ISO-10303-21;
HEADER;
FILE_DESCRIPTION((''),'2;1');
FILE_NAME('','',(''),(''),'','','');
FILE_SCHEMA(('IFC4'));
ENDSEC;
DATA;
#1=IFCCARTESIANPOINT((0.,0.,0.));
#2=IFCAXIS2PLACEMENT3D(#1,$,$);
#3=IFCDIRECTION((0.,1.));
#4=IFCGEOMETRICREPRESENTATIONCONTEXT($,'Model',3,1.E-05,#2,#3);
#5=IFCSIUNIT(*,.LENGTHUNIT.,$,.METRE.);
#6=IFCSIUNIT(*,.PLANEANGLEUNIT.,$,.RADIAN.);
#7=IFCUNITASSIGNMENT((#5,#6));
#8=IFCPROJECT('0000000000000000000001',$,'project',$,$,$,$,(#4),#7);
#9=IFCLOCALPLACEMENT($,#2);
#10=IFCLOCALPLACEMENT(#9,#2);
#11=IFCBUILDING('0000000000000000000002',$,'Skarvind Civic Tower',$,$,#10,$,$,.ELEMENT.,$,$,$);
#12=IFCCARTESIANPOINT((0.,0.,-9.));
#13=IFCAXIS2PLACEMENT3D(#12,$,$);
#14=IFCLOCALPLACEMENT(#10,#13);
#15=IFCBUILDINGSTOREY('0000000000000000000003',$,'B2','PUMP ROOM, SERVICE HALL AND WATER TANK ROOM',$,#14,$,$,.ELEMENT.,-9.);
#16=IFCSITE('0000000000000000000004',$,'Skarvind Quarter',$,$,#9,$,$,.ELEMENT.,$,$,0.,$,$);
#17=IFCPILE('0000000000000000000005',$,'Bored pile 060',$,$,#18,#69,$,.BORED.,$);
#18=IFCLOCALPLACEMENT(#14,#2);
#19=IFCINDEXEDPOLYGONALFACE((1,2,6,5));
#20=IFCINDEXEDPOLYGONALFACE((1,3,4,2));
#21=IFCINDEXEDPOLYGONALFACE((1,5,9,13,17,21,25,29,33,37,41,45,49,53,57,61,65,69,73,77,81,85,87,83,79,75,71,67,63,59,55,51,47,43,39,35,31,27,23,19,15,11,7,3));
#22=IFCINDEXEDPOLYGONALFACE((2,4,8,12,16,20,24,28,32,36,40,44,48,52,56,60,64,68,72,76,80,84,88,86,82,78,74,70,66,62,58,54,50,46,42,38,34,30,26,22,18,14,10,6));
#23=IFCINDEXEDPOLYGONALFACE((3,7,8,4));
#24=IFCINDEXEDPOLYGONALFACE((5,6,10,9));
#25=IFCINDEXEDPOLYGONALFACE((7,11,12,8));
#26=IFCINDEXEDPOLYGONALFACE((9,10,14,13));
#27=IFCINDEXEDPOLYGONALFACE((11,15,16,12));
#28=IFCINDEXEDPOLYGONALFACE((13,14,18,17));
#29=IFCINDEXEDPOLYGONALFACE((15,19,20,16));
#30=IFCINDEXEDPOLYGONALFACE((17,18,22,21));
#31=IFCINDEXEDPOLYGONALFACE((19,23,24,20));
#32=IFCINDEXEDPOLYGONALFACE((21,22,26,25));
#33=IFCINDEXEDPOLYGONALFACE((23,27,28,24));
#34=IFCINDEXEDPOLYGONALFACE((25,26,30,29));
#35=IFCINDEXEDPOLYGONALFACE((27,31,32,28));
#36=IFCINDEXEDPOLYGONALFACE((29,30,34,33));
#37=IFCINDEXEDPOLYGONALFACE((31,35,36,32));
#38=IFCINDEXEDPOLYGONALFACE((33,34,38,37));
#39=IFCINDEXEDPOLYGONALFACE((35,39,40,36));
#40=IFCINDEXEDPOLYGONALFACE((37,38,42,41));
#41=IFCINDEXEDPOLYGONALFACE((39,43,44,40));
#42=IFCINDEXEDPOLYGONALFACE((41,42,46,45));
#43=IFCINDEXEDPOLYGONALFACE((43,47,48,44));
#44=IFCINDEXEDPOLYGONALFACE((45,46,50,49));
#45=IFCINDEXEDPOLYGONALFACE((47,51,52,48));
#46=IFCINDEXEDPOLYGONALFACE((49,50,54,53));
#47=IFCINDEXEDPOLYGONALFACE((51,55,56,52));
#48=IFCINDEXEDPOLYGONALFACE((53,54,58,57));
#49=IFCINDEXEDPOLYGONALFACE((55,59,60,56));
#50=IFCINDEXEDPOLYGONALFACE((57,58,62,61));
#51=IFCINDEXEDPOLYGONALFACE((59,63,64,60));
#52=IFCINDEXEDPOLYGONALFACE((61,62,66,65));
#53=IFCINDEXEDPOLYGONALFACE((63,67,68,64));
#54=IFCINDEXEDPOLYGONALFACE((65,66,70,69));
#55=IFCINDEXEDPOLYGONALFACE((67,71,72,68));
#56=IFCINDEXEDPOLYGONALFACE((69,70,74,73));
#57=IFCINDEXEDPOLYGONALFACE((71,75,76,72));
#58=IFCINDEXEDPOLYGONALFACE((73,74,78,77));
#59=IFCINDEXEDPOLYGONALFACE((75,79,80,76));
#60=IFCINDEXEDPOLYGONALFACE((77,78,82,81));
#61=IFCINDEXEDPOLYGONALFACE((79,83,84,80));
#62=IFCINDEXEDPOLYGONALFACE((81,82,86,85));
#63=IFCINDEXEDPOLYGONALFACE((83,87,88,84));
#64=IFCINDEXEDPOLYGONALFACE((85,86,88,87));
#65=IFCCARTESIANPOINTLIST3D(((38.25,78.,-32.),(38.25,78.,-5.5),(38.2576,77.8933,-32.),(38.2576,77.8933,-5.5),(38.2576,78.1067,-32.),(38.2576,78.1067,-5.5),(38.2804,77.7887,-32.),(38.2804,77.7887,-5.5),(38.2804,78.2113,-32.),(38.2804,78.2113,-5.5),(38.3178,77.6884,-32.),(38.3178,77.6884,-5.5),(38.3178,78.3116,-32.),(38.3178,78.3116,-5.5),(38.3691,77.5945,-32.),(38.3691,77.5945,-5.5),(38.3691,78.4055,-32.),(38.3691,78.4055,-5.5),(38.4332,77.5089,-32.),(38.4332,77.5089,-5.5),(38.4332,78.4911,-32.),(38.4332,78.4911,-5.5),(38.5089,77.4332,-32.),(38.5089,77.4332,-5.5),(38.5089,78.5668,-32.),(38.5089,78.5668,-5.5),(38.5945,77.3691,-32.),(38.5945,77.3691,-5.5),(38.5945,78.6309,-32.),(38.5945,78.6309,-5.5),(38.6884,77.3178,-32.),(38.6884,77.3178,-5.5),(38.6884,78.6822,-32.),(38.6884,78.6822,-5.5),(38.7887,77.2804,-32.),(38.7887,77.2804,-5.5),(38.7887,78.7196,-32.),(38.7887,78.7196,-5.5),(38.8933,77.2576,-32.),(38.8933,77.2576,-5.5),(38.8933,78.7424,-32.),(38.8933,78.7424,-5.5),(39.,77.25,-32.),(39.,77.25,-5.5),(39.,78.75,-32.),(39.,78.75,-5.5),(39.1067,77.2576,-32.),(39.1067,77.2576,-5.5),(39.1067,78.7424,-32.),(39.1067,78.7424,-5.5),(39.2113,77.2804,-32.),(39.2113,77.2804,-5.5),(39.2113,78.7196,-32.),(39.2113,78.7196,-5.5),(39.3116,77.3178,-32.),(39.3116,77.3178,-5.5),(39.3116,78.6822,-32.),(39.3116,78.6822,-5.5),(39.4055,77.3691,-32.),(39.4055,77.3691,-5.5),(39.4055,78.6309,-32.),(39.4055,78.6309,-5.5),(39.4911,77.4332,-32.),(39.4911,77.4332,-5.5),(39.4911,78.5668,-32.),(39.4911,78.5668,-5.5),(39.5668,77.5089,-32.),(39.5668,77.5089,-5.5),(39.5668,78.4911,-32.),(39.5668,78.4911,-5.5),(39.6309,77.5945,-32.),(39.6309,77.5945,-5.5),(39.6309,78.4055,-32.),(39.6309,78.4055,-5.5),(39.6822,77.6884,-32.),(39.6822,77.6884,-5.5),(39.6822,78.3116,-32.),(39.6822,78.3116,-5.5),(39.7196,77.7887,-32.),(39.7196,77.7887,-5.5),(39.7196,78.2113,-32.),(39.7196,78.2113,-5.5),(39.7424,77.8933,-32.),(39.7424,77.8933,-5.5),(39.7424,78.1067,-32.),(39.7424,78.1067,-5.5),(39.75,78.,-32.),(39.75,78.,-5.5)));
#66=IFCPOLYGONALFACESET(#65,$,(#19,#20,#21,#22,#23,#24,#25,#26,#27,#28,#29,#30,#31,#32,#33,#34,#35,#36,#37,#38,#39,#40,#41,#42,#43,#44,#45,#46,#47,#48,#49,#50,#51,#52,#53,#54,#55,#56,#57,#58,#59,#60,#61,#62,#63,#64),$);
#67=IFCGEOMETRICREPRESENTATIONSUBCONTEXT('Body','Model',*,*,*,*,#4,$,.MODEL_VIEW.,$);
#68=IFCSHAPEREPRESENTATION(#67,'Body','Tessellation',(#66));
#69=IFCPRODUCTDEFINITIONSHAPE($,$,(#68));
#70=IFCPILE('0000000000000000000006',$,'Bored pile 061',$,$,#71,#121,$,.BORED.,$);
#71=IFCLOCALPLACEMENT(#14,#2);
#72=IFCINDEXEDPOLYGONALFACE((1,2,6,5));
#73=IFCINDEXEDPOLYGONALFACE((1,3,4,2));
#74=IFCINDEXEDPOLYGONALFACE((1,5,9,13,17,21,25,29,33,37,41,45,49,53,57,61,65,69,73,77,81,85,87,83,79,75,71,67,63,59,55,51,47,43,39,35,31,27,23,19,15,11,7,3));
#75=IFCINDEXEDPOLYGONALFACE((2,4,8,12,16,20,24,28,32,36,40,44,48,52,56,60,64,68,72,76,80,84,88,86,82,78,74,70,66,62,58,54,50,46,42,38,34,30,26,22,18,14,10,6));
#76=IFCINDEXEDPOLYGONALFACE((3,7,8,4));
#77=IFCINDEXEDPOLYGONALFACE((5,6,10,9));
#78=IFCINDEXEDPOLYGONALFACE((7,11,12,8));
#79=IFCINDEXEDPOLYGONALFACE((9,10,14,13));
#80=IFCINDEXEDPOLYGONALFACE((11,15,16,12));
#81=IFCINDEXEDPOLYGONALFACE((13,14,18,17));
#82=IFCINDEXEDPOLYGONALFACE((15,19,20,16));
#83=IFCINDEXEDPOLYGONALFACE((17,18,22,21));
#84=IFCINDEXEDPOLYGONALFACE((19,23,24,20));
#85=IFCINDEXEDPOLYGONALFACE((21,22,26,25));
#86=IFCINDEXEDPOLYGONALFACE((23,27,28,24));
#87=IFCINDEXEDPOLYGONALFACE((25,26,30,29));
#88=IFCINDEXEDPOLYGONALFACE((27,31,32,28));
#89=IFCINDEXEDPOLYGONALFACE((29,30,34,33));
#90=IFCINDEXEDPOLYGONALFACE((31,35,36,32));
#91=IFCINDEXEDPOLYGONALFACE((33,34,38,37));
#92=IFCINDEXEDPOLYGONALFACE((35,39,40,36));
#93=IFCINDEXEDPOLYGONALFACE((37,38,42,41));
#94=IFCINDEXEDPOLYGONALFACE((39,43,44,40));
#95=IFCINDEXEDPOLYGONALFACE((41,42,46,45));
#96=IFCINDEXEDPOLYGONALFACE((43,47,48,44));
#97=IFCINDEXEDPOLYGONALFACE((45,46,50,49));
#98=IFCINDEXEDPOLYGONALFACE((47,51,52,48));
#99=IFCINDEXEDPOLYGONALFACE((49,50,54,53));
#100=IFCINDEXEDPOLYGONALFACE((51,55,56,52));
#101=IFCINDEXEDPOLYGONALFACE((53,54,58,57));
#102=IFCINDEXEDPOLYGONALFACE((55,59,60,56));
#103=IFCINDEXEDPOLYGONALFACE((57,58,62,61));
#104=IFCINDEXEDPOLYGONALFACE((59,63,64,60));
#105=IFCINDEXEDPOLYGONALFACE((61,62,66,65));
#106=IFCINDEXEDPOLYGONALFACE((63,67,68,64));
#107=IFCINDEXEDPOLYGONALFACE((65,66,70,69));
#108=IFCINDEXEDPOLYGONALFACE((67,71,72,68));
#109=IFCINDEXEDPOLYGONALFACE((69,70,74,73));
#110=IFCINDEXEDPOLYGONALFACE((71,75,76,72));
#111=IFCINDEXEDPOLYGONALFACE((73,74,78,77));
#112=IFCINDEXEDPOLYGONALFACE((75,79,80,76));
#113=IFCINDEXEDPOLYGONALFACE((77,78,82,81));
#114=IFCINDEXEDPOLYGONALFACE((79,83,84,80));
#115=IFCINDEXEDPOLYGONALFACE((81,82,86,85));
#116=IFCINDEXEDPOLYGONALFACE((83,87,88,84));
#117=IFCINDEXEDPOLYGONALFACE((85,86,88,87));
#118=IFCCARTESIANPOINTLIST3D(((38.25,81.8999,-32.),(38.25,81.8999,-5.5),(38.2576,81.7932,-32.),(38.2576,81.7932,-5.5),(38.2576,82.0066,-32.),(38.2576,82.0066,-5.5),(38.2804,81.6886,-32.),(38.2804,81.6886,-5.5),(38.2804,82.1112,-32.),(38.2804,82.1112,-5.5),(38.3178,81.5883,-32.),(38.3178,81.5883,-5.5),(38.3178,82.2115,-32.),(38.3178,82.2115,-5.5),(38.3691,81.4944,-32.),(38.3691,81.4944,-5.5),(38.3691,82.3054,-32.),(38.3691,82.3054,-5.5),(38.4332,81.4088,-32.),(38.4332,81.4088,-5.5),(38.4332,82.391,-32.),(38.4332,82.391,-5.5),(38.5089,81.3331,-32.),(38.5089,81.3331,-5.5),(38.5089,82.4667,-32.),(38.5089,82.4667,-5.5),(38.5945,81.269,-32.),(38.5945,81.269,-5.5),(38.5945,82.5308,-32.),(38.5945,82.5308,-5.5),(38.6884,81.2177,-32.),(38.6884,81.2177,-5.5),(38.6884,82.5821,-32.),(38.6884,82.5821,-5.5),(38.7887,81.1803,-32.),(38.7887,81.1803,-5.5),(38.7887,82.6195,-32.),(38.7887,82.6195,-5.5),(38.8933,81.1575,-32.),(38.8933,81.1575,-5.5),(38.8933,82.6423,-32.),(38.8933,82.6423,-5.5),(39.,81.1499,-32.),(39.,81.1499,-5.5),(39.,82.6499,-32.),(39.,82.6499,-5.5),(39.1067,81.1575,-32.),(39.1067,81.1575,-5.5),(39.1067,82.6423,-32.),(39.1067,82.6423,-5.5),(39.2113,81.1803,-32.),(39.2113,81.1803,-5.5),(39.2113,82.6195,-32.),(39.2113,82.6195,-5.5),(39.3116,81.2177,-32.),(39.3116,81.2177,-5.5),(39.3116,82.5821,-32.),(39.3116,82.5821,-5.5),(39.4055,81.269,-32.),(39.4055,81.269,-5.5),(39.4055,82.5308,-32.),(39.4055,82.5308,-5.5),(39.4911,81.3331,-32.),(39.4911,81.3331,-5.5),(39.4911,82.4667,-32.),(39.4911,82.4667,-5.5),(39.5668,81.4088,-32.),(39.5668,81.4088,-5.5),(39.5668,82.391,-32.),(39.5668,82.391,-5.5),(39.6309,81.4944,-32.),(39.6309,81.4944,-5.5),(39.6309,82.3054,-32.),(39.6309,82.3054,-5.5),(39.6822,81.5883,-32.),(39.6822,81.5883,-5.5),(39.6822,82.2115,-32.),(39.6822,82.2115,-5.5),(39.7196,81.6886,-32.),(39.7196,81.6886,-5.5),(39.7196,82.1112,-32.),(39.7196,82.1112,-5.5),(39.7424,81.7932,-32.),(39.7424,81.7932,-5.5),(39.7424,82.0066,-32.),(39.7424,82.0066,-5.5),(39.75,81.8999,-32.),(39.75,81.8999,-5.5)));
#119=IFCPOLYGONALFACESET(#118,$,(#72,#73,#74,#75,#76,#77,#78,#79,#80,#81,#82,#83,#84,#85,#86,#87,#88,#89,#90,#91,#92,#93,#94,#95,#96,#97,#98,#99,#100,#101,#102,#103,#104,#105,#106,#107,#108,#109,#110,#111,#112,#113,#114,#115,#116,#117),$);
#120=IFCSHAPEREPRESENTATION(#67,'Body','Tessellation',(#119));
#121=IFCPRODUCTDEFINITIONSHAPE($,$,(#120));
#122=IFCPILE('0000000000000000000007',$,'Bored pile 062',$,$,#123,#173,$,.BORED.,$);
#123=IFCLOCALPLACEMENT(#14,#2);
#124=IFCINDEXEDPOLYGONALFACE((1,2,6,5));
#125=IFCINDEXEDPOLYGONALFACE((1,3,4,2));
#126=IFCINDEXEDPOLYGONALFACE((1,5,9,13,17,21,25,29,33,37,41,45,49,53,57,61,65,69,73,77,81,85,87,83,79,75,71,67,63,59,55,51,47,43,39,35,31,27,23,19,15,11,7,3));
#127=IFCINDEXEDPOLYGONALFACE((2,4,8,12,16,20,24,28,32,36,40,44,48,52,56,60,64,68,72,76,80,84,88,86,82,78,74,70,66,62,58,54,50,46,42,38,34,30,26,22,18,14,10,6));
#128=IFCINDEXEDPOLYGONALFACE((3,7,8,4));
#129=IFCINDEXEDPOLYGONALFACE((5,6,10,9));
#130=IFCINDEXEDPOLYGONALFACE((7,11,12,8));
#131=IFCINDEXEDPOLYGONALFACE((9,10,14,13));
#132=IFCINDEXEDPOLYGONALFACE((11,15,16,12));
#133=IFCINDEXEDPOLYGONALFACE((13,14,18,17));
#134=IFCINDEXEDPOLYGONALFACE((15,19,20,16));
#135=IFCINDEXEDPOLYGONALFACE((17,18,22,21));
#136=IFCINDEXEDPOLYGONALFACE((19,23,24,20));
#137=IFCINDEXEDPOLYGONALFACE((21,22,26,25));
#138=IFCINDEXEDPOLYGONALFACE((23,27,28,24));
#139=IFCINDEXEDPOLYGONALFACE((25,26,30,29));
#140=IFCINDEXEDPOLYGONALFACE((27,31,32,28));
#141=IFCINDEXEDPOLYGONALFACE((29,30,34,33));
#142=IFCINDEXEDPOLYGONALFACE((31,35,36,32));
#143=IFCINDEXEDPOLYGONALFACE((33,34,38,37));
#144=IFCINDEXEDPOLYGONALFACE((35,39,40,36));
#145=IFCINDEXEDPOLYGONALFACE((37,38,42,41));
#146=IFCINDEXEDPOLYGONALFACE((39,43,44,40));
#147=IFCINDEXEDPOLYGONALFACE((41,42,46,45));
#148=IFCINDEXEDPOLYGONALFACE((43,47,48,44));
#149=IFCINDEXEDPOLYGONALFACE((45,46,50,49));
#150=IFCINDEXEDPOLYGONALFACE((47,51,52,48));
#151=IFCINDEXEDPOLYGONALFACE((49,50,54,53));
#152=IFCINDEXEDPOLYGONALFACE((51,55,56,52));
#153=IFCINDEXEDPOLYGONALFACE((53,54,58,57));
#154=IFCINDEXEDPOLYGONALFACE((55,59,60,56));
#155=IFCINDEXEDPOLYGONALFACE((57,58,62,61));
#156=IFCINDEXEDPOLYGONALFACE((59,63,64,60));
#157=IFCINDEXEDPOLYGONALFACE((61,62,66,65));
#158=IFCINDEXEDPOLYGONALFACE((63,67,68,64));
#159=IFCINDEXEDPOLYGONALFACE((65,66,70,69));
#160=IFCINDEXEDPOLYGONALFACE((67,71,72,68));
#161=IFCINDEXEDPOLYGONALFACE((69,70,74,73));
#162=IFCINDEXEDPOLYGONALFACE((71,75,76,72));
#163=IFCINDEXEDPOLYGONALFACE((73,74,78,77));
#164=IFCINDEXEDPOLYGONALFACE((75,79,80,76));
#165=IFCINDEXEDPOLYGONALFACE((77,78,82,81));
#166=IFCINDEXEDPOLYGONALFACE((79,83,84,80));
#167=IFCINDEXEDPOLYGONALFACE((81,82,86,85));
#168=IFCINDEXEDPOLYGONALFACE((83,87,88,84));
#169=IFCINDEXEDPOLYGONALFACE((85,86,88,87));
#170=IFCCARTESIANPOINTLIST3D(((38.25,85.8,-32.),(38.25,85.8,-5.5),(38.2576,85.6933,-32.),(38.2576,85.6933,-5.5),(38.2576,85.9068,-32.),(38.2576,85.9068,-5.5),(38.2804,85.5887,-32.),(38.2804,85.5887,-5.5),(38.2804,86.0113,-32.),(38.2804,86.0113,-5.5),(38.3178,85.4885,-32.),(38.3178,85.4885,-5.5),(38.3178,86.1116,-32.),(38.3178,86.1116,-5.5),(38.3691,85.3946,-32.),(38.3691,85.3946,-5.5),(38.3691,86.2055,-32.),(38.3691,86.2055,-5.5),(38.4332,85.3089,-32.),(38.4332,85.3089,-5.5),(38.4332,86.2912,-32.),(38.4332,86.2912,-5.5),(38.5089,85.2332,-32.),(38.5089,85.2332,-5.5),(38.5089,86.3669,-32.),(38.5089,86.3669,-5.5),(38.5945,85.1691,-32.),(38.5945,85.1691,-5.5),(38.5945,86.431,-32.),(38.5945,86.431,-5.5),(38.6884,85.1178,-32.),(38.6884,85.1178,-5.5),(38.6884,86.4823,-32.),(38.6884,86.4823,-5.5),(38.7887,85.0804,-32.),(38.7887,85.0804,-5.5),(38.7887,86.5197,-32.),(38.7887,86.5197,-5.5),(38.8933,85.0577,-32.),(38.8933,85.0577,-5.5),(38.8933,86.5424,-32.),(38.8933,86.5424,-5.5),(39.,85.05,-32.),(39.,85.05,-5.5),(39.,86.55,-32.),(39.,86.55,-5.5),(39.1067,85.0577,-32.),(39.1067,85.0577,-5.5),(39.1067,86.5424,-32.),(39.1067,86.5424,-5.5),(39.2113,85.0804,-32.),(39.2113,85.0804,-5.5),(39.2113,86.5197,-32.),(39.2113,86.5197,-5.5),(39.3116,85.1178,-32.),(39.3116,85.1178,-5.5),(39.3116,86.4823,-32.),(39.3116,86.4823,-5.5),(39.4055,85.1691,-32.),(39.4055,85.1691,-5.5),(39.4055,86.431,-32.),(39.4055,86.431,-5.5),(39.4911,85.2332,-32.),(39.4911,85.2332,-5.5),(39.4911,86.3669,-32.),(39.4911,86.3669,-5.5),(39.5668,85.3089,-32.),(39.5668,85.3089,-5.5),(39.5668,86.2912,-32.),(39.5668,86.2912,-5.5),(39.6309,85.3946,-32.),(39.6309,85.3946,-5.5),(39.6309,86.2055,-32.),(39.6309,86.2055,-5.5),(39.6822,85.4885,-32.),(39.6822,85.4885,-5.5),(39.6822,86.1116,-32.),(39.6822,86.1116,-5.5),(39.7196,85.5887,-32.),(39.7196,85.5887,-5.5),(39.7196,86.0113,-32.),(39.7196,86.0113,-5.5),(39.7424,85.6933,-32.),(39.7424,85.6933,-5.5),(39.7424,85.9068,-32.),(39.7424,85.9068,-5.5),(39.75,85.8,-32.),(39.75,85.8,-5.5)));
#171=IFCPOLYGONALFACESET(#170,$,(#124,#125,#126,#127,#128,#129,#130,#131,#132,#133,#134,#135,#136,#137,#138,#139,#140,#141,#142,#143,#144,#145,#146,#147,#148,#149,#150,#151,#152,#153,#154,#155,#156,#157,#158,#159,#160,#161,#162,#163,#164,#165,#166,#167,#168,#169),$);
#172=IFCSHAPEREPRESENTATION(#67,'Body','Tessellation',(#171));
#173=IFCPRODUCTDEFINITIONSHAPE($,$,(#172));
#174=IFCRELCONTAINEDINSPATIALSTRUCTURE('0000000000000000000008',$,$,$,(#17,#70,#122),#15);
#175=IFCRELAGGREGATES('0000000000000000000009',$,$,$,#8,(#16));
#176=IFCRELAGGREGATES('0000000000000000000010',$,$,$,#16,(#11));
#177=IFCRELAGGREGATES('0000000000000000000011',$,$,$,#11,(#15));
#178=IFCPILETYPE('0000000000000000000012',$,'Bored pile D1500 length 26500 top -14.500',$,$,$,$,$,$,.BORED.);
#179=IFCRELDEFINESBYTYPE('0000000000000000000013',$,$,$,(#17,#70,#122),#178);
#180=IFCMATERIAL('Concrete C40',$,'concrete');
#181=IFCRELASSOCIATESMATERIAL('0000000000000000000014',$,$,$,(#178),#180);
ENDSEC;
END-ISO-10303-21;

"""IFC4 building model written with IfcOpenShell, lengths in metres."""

from ifc_helpers import new_model, si_unit, direction, frame, origin, origin_2d, place, context, subcontext, project, spatial, circle, extrude, material, type_object, element, save


model = new_model("IFC4")

# Units and contexts
model_context = context("Model", 3, precision=1e-05, world=origin(), true_north=direction((0.0, 1.0)))
body_context = subcontext(model_context, "Body", "Model", "MODEL_VIEW")
ifc_project = project(units=[si_unit("LENGTHUNIT", "METRE"), si_unit("PLANEANGLEUNIT", "RADIAN")], contexts=[model_context])

# Site, building, storey
site_placement = place(None, origin())
site = spatial("IfcSite", under=ifc_project, at=site_placement, Name="Skarvind Quarter", CompositionType="ELEMENT", RefElevation=0.0)
building_placement = place(site_placement, origin())
building = spatial("IfcBuilding", under=site, at=building_placement, Name="Skarvind Civic Tower", CompositionType="ELEMENT")
storey_placement = place(building_placement, frame((0.0, 0.0, -9.0)))
storey = spatial("IfcBuildingStorey", under=building, at=storey_placement, Name="B2", Description="PUMP ROOM, SERVICE HALL AND WATER TANK ROOM", CompositionType="ELEMENT", Elevation=-9.0)

# Piles
ifc_material_1 = material(Name="Concrete C40", Category="concrete")
pile_type_1 = type_object("IfcPileType", Name="Bored pile D1500 length 26500 top -14.500", PredefinedType="BORED", material=ifc_material_1)
for number, where, z_axis, x_axis, name in (
    (1, (39.0, 78.0, -5.5), (0.0, 0.0, -1.0), (1.0, 0.0, 0.0), "Bored pile 060"),
    (2, (39.0, 81.8999, -5.5), (0.0, 0.0, -1.0), (1.0, 0.0, 0.0), "Bored pile 061"),
    (3, (39.0, 85.8, -5.5), (0.0, 0.0, -1.0), (1.0, 0.0, 0.0), "Bored pile 062"),
):
    element("IfcPile", number, at=place(storey_placement, frame(where, z_axis=z_axis, x_axis=x_axis)), inside=storey, type_object=pile_type_1, Name=name, PredefinedType="BORED", context=body_context, shape_type="SweptSolid", body=[
        extrude(circle(Radius=0.75, at=origin_2d()), origin(), (0.0, 0.0, 1.0), 26.5),
    ])

save(model, "model.ifc")
